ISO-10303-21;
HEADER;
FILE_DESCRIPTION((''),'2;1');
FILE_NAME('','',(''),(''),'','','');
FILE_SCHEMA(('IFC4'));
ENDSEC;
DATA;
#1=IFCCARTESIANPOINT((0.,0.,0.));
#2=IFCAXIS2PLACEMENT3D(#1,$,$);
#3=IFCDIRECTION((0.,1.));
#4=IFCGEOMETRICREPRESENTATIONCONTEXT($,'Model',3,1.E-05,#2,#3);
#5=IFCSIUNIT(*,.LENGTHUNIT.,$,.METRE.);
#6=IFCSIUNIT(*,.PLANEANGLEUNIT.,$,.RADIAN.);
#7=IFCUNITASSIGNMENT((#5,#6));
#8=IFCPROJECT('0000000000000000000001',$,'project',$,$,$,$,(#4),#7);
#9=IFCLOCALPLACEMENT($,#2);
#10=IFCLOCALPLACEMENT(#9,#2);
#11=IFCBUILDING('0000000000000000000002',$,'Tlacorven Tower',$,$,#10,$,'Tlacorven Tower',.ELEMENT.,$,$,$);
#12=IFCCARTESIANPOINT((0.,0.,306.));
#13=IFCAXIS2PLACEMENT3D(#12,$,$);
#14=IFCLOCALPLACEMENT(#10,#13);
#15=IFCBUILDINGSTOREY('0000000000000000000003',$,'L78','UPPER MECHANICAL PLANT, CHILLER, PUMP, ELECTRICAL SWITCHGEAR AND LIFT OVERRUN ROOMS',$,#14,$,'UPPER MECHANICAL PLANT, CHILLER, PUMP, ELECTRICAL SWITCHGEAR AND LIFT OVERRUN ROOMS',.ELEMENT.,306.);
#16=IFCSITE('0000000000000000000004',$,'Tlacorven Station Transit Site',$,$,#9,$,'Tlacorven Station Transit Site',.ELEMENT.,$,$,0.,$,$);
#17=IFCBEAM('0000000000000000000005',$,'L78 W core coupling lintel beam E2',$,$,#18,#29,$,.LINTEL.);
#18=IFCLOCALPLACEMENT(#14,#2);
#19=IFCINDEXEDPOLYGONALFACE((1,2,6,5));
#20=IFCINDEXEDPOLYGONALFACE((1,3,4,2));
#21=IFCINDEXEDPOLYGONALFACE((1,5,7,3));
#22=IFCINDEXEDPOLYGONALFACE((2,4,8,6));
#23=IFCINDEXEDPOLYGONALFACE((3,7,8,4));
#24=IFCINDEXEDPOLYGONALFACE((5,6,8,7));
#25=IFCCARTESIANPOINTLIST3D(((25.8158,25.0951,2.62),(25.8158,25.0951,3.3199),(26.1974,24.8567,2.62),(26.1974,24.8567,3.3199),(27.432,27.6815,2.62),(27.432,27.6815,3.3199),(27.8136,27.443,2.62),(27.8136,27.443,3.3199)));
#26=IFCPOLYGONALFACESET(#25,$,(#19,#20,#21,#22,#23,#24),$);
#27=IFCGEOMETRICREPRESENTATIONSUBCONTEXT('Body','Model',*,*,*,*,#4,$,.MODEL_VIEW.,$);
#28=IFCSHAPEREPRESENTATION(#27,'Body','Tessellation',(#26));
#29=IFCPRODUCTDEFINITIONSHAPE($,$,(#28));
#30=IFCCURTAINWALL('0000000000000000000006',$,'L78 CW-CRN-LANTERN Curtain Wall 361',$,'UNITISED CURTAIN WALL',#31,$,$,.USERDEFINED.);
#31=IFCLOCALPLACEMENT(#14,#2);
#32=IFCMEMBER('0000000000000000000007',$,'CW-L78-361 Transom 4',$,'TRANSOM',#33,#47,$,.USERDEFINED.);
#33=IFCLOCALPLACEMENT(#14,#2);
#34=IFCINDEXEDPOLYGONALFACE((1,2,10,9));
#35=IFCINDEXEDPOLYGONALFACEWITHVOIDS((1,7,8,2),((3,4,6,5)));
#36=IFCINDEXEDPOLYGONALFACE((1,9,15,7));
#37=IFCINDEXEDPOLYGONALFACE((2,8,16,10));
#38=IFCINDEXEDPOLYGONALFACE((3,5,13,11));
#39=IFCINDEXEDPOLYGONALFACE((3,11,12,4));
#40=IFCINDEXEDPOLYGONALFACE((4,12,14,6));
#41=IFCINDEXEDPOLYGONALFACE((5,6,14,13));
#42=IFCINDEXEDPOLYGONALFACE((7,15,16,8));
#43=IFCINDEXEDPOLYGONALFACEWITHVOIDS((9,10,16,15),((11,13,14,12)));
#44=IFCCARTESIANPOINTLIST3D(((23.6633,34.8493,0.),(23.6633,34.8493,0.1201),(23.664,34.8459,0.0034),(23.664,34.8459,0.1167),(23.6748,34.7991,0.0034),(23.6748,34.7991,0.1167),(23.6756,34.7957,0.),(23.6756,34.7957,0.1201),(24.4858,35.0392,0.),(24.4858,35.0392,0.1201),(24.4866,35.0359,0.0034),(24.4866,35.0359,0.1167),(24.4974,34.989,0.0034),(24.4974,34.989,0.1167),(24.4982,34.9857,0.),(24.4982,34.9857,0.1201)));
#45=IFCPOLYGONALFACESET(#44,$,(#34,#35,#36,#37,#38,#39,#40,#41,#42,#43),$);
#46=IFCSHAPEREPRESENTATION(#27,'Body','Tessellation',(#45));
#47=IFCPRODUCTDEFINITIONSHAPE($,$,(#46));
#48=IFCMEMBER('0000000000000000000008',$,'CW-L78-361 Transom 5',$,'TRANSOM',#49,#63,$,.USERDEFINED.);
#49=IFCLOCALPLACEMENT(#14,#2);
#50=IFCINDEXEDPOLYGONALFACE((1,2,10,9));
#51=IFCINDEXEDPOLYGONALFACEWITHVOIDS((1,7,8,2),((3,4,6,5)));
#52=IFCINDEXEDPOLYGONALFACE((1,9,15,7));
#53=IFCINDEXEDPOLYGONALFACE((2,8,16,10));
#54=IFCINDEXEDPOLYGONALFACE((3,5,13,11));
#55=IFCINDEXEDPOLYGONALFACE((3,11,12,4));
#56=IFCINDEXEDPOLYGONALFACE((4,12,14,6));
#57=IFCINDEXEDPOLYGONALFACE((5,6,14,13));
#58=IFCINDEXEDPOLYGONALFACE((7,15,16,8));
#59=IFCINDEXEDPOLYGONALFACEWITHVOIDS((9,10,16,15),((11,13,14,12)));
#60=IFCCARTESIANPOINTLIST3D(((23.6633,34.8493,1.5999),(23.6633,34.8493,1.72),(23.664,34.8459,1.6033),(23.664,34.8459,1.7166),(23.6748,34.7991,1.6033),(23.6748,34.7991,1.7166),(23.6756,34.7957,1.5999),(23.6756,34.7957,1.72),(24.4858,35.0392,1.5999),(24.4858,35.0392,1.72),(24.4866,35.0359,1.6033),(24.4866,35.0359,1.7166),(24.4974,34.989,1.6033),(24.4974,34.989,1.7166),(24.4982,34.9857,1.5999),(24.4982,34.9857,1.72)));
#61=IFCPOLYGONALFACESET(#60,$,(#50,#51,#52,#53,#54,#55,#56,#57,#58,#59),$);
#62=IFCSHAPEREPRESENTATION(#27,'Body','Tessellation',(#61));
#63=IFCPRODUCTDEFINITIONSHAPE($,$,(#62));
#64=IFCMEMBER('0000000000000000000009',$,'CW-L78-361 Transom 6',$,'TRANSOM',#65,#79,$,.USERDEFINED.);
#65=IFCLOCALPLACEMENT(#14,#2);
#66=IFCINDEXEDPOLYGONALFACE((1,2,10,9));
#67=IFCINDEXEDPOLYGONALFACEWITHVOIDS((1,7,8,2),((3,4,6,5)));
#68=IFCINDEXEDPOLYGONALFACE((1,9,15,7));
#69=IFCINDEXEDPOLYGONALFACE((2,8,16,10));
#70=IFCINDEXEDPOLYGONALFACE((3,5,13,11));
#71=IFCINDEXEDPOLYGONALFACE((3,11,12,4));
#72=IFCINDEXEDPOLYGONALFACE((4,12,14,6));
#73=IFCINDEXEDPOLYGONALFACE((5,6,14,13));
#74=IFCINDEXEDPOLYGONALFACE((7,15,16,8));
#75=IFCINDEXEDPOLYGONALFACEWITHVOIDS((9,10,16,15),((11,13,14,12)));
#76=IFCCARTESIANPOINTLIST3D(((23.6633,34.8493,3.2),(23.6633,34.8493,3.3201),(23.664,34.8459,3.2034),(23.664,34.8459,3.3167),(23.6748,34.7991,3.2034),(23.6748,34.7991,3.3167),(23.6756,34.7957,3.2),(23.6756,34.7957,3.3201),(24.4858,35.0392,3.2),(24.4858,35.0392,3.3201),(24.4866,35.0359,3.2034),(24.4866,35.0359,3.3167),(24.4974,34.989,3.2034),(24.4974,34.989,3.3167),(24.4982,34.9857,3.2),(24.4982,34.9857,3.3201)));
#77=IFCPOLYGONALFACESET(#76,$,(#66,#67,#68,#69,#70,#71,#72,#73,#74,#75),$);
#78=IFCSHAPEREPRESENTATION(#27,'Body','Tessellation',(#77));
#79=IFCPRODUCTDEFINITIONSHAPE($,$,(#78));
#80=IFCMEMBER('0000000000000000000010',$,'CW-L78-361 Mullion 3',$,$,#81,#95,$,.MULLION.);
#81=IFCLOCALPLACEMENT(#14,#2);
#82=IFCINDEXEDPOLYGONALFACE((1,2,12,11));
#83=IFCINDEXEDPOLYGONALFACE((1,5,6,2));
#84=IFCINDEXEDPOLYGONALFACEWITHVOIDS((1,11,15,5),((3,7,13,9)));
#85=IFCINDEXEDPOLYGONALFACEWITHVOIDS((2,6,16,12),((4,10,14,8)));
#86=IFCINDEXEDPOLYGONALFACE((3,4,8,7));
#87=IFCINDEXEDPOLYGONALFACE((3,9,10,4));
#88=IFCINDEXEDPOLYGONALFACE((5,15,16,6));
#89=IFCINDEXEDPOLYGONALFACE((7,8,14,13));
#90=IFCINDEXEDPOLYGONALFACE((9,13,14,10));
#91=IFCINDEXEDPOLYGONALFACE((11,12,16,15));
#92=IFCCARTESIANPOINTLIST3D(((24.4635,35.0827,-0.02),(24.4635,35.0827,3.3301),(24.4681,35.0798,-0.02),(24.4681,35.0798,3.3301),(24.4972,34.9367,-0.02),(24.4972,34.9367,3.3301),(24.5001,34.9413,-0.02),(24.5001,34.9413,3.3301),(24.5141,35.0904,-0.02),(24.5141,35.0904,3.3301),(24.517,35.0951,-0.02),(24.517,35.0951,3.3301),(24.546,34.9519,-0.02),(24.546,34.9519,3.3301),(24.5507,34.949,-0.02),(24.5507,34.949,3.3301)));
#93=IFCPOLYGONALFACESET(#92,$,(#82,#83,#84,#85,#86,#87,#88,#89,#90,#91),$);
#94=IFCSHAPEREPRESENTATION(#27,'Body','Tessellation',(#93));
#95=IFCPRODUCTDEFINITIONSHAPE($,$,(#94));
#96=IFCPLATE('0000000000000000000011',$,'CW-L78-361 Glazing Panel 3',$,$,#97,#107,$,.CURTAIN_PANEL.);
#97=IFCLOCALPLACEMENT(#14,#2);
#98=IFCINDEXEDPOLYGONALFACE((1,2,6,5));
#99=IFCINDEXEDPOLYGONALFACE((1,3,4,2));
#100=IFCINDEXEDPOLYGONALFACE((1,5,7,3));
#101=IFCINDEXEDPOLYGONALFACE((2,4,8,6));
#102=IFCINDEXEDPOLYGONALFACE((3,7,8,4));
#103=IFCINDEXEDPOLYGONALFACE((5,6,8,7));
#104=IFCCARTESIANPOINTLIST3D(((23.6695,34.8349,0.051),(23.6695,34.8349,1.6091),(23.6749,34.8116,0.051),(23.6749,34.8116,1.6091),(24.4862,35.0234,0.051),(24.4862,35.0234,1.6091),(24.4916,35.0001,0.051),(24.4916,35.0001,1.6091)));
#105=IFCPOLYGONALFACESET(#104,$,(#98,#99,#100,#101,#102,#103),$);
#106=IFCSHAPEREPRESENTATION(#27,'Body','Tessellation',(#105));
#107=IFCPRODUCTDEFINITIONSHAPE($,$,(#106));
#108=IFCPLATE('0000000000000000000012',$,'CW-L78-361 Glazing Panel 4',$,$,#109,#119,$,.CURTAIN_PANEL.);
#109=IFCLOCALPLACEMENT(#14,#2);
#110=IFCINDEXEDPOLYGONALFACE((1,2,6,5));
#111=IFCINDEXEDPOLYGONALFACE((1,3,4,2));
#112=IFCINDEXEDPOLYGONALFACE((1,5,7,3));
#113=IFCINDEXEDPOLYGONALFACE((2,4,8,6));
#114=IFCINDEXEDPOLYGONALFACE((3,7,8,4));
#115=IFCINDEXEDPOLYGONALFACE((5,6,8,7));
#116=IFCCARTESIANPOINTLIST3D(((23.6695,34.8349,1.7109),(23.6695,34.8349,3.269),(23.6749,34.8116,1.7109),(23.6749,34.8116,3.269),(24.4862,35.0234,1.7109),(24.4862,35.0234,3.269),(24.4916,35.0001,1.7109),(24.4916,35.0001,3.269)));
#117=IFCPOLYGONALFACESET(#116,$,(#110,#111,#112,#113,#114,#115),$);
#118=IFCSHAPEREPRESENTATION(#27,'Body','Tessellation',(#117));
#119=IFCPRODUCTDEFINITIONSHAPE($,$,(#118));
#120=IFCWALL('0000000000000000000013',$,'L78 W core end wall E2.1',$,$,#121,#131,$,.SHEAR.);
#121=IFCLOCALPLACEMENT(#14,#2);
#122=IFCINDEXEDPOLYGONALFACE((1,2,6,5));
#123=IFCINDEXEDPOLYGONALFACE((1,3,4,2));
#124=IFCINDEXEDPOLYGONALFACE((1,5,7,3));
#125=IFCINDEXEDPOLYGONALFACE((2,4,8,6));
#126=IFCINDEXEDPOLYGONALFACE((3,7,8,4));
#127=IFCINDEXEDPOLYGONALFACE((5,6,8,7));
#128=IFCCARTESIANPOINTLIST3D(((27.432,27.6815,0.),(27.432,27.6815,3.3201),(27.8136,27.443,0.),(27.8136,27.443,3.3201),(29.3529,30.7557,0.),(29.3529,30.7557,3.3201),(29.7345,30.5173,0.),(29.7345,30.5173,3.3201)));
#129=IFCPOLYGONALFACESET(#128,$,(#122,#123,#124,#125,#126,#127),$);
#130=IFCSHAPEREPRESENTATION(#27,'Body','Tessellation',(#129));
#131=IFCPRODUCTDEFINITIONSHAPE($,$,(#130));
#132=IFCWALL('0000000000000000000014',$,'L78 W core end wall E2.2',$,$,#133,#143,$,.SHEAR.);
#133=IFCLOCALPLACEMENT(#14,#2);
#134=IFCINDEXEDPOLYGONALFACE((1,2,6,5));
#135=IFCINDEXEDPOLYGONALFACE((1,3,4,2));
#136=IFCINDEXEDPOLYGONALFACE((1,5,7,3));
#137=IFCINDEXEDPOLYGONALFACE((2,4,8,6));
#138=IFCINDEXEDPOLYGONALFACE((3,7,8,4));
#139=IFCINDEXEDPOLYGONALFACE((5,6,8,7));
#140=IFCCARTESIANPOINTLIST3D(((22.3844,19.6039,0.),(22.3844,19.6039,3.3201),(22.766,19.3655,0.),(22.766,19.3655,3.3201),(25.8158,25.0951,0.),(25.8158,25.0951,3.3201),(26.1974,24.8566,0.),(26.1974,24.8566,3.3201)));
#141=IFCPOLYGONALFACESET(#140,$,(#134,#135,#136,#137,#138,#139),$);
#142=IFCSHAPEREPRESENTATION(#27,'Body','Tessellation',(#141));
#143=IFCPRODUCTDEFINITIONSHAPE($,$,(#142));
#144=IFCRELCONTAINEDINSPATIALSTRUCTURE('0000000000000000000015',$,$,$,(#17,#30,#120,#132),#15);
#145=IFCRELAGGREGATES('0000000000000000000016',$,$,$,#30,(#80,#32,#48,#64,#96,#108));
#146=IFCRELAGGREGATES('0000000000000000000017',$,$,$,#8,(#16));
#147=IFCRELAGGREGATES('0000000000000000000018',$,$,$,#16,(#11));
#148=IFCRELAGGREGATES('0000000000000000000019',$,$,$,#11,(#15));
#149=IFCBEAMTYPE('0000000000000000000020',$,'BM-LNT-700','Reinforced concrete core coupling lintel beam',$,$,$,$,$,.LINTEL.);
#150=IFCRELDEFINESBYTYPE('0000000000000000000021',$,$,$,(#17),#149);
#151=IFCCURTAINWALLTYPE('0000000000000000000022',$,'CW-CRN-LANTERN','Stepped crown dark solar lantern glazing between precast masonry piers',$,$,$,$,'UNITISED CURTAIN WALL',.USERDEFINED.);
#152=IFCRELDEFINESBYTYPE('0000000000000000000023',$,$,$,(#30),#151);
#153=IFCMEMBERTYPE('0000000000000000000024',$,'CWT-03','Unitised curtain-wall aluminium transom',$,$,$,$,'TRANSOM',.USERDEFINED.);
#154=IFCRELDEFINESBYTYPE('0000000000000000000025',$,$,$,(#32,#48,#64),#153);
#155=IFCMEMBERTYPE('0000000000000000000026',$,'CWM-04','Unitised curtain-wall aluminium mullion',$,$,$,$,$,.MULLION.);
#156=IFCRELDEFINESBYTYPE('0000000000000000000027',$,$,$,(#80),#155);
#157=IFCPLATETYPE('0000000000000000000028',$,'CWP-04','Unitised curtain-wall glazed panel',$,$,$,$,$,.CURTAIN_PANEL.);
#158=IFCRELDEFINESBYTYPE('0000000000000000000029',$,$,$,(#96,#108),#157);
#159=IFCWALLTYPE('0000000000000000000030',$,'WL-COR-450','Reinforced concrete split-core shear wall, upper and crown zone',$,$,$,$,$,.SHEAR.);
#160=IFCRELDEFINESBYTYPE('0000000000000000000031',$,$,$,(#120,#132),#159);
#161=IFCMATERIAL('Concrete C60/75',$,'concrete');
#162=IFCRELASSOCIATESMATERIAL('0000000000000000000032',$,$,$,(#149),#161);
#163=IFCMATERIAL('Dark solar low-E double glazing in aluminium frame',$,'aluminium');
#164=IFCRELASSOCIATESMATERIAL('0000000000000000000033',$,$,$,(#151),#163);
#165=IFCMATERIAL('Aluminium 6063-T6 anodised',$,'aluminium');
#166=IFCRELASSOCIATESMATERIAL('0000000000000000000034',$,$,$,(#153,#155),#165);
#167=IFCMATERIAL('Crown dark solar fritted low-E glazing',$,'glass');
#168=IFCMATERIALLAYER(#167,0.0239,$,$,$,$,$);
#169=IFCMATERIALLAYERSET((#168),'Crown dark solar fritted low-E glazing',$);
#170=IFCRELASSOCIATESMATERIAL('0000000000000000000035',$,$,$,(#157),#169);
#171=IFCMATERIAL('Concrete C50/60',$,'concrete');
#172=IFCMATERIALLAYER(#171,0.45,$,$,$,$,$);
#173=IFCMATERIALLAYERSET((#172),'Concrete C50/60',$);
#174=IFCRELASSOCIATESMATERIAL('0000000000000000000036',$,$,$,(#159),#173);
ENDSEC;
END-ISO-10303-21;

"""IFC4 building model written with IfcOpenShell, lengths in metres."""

from ifc_helpers import new_model, si_unit, direction, frame, frame_2d, origin, origin_2d, place, context, subcontext, project, spatial, rectangle, hollow_rectangle, extrude, source, transform, mapped, material, layer, layer_set, material_profile, profile_set, type_object, element, aggregate, save


model = new_model("IFC4")

# Units and contexts
model_context = context("Model", 3, precision=1e-05, world=origin(), true_north=direction((0.0, 1.0)))
body_context = subcontext(model_context, "Body", "Model", "MODEL_VIEW")
ifc_project = project(units=[si_unit("LENGTHUNIT", "METRE"), si_unit("PLANEANGLEUNIT", "RADIAN")], contexts=[model_context])

# Site, building, storey
site_placement = place(None, origin())
site = spatial("IfcSite", under=ifc_project, at=site_placement, Name="Tlacorven Station Transit Site", LongName="Tlacorven Station Transit Site", CompositionType="ELEMENT", RefElevation=0.0)
building_placement = place(site_placement, origin())
building = spatial("IfcBuilding", under=site, at=building_placement, Name="Tlacorven Tower", LongName="Tlacorven Tower", CompositionType="ELEMENT")
storey_placement = place(building_placement, frame((0.0, 0.0, 306.0)))
storey = spatial("IfcBuildingStorey", under=building, at=storey_placement, Name="L78", Description="UPPER MECHANICAL PLANT, CHILLER, PUMP, ELECTRICAL SWITCHGEAR AND LIFT OVERRUN ROOMS", LongName="UPPER MECHANICAL PLANT, CHILLER, PUMP, ELECTRICAL SWITCHGEAR AND LIFT OVERRUN ROOMS", CompositionType="ELEMENT", Elevation=306.0)

# Beam
ifc_material_1 = material(Name="Concrete C60/75", Category="concrete")
ifc_material_profile_1 = material_profile(ifc_material_1, rectangle(XDim=0.45, YDim=0.7, at=origin_2d()), Name="RC 450X700")
ifc_profile_set_1 = profile_set([ifc_material_profile_1], Name="Concrete C60/75")
beam_type = type_object("IfcBeamType", Name="BM-LNT-700", Description="Reinforced concrete core coupling lintel beam", PredefinedType="LINTEL", material=ifc_profile_set_1)
shared_shape_1 = source(origin(), body_context, "Body", "SweptSolid", [
    extrude(rectangle(XDim=0.45, YDim=0.7, at=origin_2d()), origin(), (0.0, 0.0, 1.0), 3.0498),
])
beam_placement = place(storey_placement, frame((27.6228, 27.5623, 2.97), z_axis=(-0.529927, -0.848043, 0.0), x_axis=(0.848043, -0.529927, 0.0)))
element("IfcBeam", 1, at=beam_placement, inside=storey, type_object=beam_type, Name="L78 W core coupling lintel beam E2", PredefinedType="LINTEL", context=body_context, shape_type="MappedRepresentation", body=[
    mapped(shared_shape_1, transform((0.0, 0.0, 0.0), scale=1.0)),
])

# Curtain wall, members, plates
ifc_material_2 = material(Name="Dark solar low-E double glazing in aluminium frame", Category="aluminium")
curtain_wall_type = type_object("IfcCurtainWallType", Name="CW-CRN-LANTERN", Description="Stepped crown dark solar lantern glazing between precast masonry piers", ElementType="UNITISED CURTAIN WALL", PredefinedType="USERDEFINED", material=ifc_material_2)
curtain_wall_placement = place(storey_placement, origin())
curtain_wall = element("IfcCurtainWall", 2, at=curtain_wall_placement, inside=storey, type_object=curtain_wall_type, Name="L78 CW-CRN-LANTERN Curtain Wall 361", ObjectType="UNITISED CURTAIN WALL", PredefinedType="USERDEFINED")
ifc_material_3 = material(Name="Aluminium 6063-T6 anodised", Category="aluminium")
ifc_material_profile_2 = material_profile(ifc_material_3, hollow_rectangle(XDim=0.0549, YDim=0.1201, WallThickness=0.0034, at=origin_2d()), Name="ALU TRANSOM 55X120")
ifc_profile_set_2 = profile_set([ifc_material_profile_2], Name="Aluminium 6063-T6 anodised")
member_type_1 = type_object("IfcMemberType", Name="CWT-03", Description="Unitised curtain-wall aluminium transom", ElementType="TRANSOM", PredefinedType="USERDEFINED", material=ifc_profile_set_2)
shared_shape_2 = source(origin(), body_context, "Body", "SweptSolid", [
    extrude(hollow_rectangle(XDim=0.0549, YDim=0.1201, WallThickness=0.0034, at=origin_2d()), origin(), (0.0, 0.0, 1.0), 0.8442),
])
member_1_placement = place(storey_placement, frame((23.6694, 34.8225, 0.0601), z_axis=(0.974357, 0.225007, 0.0), x_axis=(-0.225007, 0.974357, 0.0)))
member_1 = element("IfcMember", 3, at=member_1_placement, type_object=member_type_1, Name="CW-L78-361 Transom 4", ObjectType="TRANSOM", PredefinedType="USERDEFINED", context=body_context, shape_type="MappedRepresentation", body=[
    mapped(shared_shape_2, transform((0.0, 0.0, 0.0), scale=1.0)),
])
member_2_placement = place(storey_placement, frame((23.6694, 34.8225, 1.6599), z_axis=(0.974357, 0.225007, 0.0), x_axis=(-0.225007, 0.974357, 0.0)))
member_2 = element("IfcMember", 4, at=member_2_placement, type_object=member_type_1, Name="CW-L78-361 Transom 5", ObjectType="TRANSOM", PredefinedType="USERDEFINED", context=body_context, shape_type="MappedRepresentation", body=[
    mapped(shared_shape_2, transform((0.0, 0.0, 0.0), scale=1.0)),
])
member_3_placement = place(storey_placement, frame((23.6694, 34.8225, 3.26), z_axis=(0.974357, 0.225007, 0.0), x_axis=(-0.225007, 0.974357, 0.0)))
member_3 = element("IfcMember", 5, at=member_3_placement, type_object=member_type_1, Name="CW-L78-361 Transom 6", ObjectType="TRANSOM", PredefinedType="USERDEFINED", context=body_context, shape_type="MappedRepresentation", body=[
    mapped(shared_shape_2, transform((0.0, 0.0, 0.0), scale=1.0)),
])
ifc_material_profile_3 = material_profile(ifc_material_3, hollow_rectangle(XDim=0.0549, YDim=0.1499, WallThickness=0.0039, at=origin_2d()), Name="ALU MULLION 55X150")
ifc_profile_set_3 = profile_set([ifc_material_profile_3], Name="Aluminium 6063-T6 anodised")
member_type_2 = type_object("IfcMemberType", Name="CWM-04", Description="Unitised curtain-wall aluminium mullion", PredefinedType="MULLION", material=ifc_profile_set_3)
shared_shape_3 = source(origin(), body_context, "Body", "SweptSolid", [
    extrude(hollow_rectangle(XDim=0.0549, YDim=0.1499, WallThickness=0.0039, at=origin_2d()), origin(), (0.0, 0.0, 1.0), 3.3501),
])
member_4_placement = place(storey_placement, frame((24.5071, 35.0159, -0.02), z_axis=(0.0, 0.0, 1.0), x_axis=(0.97437, 0.22495, 0.0)))
member_4 = element("IfcMember", 6, at=member_4_placement, type_object=member_type_2, Name="CW-L78-361 Mullion 3", PredefinedType="MULLION", context=body_context, shape_type="MappedRepresentation", body=[
    mapped(shared_shape_3, transform((0.0, 0.0, 0.0), scale=1.0)),
])
ifc_material_4 = material(Name="Crown dark solar fritted low-E glazing", Category="glass")
ifc_layer_1 = layer(ifc_material_4, 0.0239)
ifc_layer_set_1 = layer_set([ifc_layer_1], Name="Crown dark solar fritted low-E glazing")
plate_type = type_object("IfcPlateType", Name="CWP-04", Description="Unitised curtain-wall glazed panel", PredefinedType="CURTAIN_PANEL", material=ifc_layer_set_1)
shared_shape_4 = source(origin(), body_context, "Body", "SweptSolid", [
    extrude(rectangle(XDim=0.8381, YDim=0.0239, at=origin_2d()), origin(), (0.0, 0.0, 1.0), 1.5581),
])
plate_1_placement = place(storey_placement, frame((24.0806, 34.9175, 0.051), z_axis=(0.0, 0.0, 1.0), x_axis=(0.97437, 0.22495, 0.0)))
plate_1 = element("IfcPlate", 7, at=plate_1_placement, type_object=plate_type, Name="CW-L78-361 Glazing Panel 3", PredefinedType="CURTAIN_PANEL", context=body_context, shape_type="MappedRepresentation", body=[
    mapped(shared_shape_4, transform((0.0, 0.0, 0.0), scale=1.0)),
])
plate_2_placement = place(storey_placement, frame((24.0806, 34.9175, 1.7109), z_axis=(0.0, 0.0, 1.0), x_axis=(0.97437, 0.22495, 0.0)))
plate_2 = element("IfcPlate", 8, at=plate_2_placement, type_object=plate_type, Name="CW-L78-361 Glazing Panel 4", PredefinedType="CURTAIN_PANEL", context=body_context, shape_type="MappedRepresentation", body=[
    mapped(shared_shape_4, transform((0.0, 0.0, 0.0), scale=1.0)),
])
aggregate(curtain_wall, [member_4, member_1, member_2, member_3, plate_1, plate_2])

# Walls
ifc_material_5 = material(Name="Concrete C50/60", Category="concrete")
ifc_layer_2 = layer(ifc_material_5, 0.45)
ifc_layer_set_2 = layer_set([ifc_layer_2], Name="Concrete C50/60")
wall_type_1 = type_object("IfcWallType", Name="WL-COR-450", Description="Reinforced concrete split-core shear wall, upper and crown zone", PredefinedType="SHEAR", material=ifc_layer_set_2)
wall_1_placement = place(storey_placement, frame((29.5437, 30.6365, 0.0), z_axis=(0.0, 0.0, 1.0), x_axis=(-0.529902, -0.848059, 0.0)))
element("IfcWall", 9, at=wall_1_placement, inside=storey, type_object=wall_type_1, Name="L78 W core end wall E2.1", PredefinedType="SHEAR", context=body_context, shape_type="SweptSolid", body=[
    extrude(rectangle(XDim=3.625, YDim=0.45, at=frame_2d((1.8125, 0.0))), origin(), (0.0, 0.0, 1.0), 3.3201),
])
wall_2_placement = place(storey_placement, frame((26.0066, 24.9758, 0.0), z_axis=(0.0, 0.0, 1.0), x_axis=(-0.529931, -0.848041, 0.0)))
element("IfcWall", 10, at=wall_2_placement, inside=storey, type_object=wall_type_1, Name="L78 W core end wall E2.2", PredefinedType="SHEAR", context=body_context, shape_type="SweptSolid", body=[
    extrude(rectangle(XDim=6.4751, YDim=0.45, at=frame_2d((3.2375, 0.0))), origin(), (0.0, 0.0, 1.0), 3.3201),
])

save(model, "model.ifc")
